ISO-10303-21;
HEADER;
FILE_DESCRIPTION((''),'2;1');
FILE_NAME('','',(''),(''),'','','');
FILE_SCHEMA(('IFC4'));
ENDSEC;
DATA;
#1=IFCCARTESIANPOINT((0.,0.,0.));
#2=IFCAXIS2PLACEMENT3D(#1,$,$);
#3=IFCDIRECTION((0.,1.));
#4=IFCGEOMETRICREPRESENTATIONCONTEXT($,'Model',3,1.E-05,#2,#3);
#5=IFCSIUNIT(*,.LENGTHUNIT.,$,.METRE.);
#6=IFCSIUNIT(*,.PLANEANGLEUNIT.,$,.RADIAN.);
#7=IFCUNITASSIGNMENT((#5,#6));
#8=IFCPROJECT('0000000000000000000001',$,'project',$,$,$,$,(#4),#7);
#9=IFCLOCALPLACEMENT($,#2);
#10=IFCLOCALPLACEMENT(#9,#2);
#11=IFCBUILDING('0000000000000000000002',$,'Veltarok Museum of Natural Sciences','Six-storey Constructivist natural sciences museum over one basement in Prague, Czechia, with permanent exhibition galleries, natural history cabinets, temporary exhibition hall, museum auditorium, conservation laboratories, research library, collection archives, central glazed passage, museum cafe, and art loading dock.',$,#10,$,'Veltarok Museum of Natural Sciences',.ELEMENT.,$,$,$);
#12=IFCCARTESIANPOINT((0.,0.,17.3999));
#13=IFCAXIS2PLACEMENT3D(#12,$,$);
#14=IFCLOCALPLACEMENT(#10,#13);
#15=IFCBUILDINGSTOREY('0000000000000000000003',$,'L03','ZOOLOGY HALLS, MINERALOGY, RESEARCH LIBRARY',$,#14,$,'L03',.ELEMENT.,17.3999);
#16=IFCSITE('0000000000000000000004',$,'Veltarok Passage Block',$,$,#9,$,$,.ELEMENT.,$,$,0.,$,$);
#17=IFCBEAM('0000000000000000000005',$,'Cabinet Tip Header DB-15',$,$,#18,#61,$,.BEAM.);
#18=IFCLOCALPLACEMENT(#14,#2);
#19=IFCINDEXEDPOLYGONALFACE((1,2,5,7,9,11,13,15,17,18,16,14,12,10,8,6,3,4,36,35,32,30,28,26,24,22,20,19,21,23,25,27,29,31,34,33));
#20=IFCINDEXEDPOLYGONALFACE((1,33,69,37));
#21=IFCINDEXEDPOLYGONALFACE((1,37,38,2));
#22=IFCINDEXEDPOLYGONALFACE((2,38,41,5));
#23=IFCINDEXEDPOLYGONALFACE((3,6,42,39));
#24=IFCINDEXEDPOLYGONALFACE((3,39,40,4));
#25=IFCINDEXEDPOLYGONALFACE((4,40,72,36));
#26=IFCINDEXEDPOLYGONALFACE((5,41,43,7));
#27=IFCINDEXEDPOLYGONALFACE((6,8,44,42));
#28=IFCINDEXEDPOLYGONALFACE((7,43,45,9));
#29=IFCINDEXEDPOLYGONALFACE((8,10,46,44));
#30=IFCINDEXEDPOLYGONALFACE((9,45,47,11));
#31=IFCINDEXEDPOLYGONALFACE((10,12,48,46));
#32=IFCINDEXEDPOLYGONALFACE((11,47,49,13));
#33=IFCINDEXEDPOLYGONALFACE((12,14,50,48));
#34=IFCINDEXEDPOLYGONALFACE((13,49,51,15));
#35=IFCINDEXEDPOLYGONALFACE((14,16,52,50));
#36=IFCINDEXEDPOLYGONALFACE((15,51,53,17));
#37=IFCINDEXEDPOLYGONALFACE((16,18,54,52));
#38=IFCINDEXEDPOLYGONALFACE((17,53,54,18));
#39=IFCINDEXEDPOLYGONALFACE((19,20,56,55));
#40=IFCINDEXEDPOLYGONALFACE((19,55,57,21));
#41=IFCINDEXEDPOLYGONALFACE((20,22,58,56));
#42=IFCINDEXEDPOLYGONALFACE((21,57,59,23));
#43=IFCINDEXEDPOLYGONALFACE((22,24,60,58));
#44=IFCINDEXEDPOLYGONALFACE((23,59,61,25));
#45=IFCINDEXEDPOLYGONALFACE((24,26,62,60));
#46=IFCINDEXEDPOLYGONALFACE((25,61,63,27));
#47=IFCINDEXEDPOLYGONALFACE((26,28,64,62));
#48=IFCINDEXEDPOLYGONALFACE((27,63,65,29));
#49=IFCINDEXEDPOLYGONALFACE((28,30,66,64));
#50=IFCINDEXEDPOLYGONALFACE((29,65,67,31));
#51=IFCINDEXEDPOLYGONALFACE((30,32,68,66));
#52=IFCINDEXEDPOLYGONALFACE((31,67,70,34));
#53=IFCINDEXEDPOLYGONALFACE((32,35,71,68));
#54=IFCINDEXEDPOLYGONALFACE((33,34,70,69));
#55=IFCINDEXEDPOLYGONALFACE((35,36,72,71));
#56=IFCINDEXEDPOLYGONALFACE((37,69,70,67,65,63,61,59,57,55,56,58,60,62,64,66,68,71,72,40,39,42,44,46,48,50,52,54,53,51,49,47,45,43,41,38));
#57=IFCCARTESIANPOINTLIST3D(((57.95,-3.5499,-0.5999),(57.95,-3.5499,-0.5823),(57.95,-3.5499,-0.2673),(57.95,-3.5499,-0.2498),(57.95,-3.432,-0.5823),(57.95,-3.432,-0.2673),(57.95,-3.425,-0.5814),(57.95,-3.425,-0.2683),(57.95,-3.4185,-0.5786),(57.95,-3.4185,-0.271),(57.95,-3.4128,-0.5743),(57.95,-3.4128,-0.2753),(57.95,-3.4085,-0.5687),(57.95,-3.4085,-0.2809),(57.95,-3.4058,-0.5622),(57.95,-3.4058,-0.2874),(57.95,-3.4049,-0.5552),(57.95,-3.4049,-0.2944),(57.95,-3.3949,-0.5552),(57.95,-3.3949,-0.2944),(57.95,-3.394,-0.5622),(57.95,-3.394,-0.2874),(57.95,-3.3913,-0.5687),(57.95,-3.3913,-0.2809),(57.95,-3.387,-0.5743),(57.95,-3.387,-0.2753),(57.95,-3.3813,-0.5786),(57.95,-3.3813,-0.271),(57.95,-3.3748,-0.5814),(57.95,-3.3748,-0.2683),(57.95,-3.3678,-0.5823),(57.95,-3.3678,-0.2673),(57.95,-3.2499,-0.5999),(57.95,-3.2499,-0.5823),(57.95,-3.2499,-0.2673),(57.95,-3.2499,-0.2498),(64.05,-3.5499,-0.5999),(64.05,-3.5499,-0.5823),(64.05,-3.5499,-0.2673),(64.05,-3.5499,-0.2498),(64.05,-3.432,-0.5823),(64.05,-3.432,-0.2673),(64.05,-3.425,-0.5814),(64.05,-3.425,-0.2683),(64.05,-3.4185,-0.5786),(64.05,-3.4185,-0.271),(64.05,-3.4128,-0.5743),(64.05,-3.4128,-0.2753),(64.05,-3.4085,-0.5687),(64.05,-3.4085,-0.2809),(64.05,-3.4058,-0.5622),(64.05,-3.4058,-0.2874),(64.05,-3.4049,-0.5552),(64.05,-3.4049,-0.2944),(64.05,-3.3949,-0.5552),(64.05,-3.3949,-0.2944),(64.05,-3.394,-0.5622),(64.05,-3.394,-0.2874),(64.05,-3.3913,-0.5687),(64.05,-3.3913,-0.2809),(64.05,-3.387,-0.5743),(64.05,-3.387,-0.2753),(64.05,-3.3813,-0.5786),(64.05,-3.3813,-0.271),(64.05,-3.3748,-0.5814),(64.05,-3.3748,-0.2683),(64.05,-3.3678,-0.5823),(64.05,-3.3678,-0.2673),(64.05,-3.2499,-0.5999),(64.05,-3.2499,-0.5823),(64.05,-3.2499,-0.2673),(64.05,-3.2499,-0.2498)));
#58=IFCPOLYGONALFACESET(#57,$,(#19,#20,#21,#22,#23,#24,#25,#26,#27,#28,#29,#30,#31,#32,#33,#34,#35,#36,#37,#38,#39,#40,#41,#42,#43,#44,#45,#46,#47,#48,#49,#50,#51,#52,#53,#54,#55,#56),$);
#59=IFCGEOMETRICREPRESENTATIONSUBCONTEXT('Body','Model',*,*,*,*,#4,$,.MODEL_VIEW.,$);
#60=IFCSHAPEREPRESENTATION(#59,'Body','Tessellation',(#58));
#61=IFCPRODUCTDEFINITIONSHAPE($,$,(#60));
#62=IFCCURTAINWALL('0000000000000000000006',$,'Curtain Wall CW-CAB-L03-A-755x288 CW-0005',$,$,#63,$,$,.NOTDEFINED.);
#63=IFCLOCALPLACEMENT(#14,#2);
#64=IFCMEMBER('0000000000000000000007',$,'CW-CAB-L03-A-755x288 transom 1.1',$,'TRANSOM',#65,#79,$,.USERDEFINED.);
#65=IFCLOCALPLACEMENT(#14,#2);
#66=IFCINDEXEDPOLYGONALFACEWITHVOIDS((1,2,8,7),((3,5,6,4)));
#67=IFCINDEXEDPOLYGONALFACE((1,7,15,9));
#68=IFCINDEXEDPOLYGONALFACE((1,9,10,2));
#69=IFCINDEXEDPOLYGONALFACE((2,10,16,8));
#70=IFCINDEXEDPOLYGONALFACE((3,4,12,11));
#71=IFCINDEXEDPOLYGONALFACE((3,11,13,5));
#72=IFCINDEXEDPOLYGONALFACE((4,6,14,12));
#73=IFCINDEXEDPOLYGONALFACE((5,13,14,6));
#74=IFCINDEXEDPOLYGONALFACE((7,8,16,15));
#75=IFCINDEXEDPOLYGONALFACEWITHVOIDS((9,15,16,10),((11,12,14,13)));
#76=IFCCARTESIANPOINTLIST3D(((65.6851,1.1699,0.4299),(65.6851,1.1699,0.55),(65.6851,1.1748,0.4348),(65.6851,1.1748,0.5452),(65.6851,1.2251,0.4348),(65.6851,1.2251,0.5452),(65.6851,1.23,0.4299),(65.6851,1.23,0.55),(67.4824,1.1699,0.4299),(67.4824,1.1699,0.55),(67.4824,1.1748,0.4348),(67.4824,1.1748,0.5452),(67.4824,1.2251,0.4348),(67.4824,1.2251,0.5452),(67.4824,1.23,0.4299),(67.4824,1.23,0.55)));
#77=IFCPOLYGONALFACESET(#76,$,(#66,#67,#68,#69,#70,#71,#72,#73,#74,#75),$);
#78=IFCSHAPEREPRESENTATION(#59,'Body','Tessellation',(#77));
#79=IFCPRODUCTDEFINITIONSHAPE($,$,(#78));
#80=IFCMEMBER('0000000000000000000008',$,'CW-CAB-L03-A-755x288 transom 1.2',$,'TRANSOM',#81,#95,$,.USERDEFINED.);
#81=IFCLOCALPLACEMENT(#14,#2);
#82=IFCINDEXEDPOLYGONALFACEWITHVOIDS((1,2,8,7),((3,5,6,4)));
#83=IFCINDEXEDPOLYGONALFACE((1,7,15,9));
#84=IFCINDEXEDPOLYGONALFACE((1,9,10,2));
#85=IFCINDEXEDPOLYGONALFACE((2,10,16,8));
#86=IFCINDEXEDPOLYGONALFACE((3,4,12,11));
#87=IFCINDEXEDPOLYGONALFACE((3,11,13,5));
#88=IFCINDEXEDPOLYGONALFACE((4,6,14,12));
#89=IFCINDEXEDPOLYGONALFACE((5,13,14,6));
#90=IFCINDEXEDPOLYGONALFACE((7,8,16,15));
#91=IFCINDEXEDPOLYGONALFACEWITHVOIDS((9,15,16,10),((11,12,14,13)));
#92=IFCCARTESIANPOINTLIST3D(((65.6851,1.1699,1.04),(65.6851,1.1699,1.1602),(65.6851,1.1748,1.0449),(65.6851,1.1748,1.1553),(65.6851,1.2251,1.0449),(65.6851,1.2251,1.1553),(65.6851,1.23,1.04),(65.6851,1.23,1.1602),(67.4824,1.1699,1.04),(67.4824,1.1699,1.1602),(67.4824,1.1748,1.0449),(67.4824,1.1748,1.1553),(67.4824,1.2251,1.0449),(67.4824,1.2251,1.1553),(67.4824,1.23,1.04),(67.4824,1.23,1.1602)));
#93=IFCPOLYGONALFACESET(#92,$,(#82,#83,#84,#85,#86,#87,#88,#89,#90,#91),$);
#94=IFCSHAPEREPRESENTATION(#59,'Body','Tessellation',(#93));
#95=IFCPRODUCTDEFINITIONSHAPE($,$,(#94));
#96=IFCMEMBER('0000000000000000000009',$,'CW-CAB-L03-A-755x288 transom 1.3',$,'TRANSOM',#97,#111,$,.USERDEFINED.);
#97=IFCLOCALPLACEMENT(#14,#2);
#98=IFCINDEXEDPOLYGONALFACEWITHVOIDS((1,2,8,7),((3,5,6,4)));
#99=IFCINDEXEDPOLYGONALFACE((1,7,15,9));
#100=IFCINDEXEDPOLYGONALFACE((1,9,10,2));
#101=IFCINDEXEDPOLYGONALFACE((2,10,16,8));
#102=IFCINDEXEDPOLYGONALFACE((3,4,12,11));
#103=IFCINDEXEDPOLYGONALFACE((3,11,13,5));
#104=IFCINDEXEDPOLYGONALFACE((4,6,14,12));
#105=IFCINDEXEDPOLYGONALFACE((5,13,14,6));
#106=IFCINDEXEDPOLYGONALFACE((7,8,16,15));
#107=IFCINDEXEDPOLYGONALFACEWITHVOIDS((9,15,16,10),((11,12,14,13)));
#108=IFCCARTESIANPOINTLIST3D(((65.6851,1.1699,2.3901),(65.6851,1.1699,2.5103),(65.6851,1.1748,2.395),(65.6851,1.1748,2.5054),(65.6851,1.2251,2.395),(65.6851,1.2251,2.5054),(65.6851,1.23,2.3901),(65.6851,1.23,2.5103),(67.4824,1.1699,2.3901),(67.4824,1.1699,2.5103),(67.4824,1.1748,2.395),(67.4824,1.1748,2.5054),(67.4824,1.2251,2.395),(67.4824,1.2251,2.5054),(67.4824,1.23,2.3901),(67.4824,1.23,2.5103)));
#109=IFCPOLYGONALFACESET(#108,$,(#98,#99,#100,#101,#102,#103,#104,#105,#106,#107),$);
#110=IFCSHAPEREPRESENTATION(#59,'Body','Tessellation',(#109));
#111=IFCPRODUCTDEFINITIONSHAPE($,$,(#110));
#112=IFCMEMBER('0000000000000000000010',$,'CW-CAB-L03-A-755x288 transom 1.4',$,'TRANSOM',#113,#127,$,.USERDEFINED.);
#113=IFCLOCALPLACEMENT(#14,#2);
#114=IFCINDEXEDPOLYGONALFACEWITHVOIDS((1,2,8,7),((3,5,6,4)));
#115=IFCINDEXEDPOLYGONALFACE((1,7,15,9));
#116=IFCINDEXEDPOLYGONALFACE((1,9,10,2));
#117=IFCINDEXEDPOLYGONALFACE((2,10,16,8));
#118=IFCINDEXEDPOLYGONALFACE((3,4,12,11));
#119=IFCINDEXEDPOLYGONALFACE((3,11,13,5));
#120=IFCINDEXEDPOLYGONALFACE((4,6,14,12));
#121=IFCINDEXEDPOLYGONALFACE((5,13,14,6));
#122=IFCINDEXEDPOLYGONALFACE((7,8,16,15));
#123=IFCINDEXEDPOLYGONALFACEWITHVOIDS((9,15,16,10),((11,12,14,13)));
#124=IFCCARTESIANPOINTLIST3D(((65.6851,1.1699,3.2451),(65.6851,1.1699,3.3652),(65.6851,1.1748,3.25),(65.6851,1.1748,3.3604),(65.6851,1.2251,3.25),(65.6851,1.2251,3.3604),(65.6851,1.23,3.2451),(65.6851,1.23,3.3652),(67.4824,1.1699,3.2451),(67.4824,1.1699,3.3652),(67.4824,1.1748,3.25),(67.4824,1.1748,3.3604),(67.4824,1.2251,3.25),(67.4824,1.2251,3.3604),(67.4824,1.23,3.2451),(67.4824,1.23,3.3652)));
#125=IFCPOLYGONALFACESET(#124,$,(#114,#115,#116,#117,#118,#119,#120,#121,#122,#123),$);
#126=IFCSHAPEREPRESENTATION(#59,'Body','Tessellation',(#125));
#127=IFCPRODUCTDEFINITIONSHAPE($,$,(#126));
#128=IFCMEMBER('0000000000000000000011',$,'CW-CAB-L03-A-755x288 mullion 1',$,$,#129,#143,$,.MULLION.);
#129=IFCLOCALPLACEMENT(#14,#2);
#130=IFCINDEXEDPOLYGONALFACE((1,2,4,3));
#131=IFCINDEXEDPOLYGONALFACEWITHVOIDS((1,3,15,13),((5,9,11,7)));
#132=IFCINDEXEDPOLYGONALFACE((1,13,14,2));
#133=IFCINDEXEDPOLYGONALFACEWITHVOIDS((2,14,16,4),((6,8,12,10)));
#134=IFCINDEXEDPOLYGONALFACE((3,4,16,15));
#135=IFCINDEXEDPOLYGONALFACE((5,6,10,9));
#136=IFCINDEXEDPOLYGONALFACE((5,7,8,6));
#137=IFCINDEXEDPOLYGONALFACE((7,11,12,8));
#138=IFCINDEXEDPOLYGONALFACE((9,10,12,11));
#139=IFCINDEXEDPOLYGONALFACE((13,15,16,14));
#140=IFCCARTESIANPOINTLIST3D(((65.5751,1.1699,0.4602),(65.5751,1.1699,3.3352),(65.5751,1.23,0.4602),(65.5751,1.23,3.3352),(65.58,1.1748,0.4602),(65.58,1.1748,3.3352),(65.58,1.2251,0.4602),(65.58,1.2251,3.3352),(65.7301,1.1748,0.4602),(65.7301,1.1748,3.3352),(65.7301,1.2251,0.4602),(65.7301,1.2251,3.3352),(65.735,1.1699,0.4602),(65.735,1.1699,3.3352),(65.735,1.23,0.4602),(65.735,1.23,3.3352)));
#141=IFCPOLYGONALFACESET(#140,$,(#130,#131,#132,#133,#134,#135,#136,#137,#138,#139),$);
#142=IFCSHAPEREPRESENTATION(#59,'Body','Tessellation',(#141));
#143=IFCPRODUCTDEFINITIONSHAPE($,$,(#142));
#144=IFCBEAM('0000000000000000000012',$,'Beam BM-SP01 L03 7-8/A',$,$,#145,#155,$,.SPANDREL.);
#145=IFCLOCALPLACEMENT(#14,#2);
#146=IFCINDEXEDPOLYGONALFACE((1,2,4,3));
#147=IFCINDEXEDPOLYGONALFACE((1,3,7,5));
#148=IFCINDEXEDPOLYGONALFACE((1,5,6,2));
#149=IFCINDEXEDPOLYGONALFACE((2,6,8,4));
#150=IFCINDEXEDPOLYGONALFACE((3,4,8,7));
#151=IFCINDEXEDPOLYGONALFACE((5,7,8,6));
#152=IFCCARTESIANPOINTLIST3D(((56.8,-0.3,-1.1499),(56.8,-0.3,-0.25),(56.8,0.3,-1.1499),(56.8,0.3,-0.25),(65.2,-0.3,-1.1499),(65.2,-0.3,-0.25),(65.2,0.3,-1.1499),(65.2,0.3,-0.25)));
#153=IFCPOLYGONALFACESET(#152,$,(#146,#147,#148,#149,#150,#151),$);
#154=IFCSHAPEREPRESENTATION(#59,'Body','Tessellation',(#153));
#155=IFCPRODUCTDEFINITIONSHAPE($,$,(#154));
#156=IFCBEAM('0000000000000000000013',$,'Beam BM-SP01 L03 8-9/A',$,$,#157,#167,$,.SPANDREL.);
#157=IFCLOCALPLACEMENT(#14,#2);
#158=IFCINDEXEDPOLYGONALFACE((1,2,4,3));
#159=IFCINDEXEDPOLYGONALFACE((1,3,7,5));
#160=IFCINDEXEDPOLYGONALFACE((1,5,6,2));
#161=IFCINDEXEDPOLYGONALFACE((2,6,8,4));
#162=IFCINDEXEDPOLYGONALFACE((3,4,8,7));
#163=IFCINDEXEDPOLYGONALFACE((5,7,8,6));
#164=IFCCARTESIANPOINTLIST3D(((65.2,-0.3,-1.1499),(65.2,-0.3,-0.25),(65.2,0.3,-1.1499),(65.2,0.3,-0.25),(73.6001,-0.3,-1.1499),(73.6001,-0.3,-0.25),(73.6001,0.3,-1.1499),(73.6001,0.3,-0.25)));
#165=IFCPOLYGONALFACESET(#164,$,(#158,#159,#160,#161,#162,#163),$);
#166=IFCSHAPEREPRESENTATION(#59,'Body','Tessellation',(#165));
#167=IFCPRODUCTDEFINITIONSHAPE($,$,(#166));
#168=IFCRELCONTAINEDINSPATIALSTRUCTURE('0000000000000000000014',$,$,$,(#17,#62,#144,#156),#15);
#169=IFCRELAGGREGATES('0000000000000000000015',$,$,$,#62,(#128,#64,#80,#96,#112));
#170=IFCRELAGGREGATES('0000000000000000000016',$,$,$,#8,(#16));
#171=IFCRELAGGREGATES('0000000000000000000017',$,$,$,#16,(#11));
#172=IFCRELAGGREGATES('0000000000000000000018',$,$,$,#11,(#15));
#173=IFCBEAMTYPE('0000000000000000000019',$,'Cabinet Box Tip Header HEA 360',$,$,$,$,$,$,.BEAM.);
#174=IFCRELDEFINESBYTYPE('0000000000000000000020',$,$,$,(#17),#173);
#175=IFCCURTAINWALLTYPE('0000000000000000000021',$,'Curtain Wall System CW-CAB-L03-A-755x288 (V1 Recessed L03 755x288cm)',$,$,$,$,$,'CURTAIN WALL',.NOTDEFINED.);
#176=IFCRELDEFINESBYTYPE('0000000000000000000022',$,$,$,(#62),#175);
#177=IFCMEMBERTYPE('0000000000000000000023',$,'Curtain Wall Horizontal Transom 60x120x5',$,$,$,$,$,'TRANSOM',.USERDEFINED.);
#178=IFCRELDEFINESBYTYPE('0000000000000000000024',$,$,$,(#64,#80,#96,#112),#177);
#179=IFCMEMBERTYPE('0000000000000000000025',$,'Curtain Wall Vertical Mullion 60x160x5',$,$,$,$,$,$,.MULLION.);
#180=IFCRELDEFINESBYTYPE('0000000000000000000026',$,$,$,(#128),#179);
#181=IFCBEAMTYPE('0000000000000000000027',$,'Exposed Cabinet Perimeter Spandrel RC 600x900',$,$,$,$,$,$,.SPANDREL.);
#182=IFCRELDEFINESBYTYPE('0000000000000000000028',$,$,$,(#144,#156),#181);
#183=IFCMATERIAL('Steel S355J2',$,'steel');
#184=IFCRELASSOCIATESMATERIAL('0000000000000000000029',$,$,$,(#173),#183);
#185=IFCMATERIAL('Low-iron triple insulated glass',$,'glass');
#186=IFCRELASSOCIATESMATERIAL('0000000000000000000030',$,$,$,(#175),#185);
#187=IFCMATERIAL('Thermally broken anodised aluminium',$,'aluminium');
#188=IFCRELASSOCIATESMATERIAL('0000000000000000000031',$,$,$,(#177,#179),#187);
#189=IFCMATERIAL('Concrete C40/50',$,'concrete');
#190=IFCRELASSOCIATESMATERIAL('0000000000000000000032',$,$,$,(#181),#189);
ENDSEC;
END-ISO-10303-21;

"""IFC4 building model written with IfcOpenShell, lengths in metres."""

from ifc_helpers import new_model, si_unit, direction, frame, origin, origin_2d, place, context, subcontext, project, spatial, rectangle, hollow_rectangle, i_section, extrude, material, material_profile, profile_set, type_object, element, aggregate, save


model = new_model("IFC4")

# Units and contexts
model_context = context("Model", 3, precision=1e-05, world=origin(), true_north=direction((0.0, 1.0)))
body_context = subcontext(model_context, "Body", "Model", "MODEL_VIEW")
ifc_project = project(units=[si_unit("LENGTHUNIT", "METRE"), si_unit("PLANEANGLEUNIT", "RADIAN")], contexts=[model_context])

# Site, building, storey
site_placement = place(None, origin())
site = spatial("IfcSite", under=ifc_project, at=site_placement, Name="Veltarok Passage Block", CompositionType="ELEMENT", RefElevation=0.0)
building_placement = place(site_placement, origin())
building = spatial("IfcBuilding", under=site, at=building_placement, Name="Veltarok Museum of Natural Sciences", Description="Six-storey Constructivist natural sciences museum over one basement in Prague, Czechia, with permanent exhibition galleries, natural history cabinets, temporary exhibition hall, museum auditorium, conservation laboratories, research library, collection archives, central glazed passage, museum cafe, and art loading dock.", LongName="Veltarok Museum of Natural Sciences", CompositionType="ELEMENT")
storey_placement = place(building_placement, frame((0.0, 0.0, 17.3999)))
storey = spatial("IfcBuildingStorey", under=building, at=storey_placement, Name="L03", Description="ZOOLOGY HALLS, MINERALOGY, RESEARCH LIBRARY", LongName="L03", CompositionType="ELEMENT", Elevation=17.3999)

# Shared definitions
ifc_material_1 = material(Name="Concrete C40/50", Category="concrete")

# Beam
ifc_material_2 = material(Name="Steel S355J2", Category="steel")
ifc_material_profile_1 = material_profile(ifc_material_2, i_section(OverallWidth=0.3, OverallDepth=0.3501, WebThickness=0.01, FlangeThickness=0.0176, FilletRadius=0.0271, at=origin_2d()), Name="HEA 360")
ifc_profile_set_1 = profile_set([ifc_material_profile_1], Name="Steel S355J2")
beam_type_1 = type_object("IfcBeamType", Name="Cabinet Box Tip Header HEA 360", PredefinedType="BEAM", material=ifc_profile_set_1)
beam_1_placement = place(storey_placement, frame((57.95, -3.3999, -0.4248), z_axis=(1.0, 0.0, 0.0), x_axis=(0.0, 1.0, 0.0)))
element("IfcBeam", 1, at=beam_1_placement, inside=storey, type_object=beam_type_1, Name="Cabinet Tip Header DB-15", PredefinedType="BEAM", context=body_context, shape_type="SweptSolid", body=[
    extrude(i_section(OverallWidth=0.3, OverallDepth=0.3501, WebThickness=0.01, FlangeThickness=0.0176, FilletRadius=0.0271, at=origin_2d()), origin(), (0.0, 0.0, 1.0), 6.1001),
])

# Curtain wall, members
ifc_material_3 = material(Name="Low-iron triple insulated glass", Category="glass")
curtain_wall_type = type_object("IfcCurtainWallType", Name="Curtain Wall System CW-CAB-L03-A-755x288 (V1 Recessed L03 755x288cm)", ElementType="CURTAIN WALL", PredefinedType="NOTDEFINED", material=ifc_material_3)
curtain_wall_placement = place(storey_placement, origin())
curtain_wall = element("IfcCurtainWall", 2, at=curtain_wall_placement, inside=storey, type_object=curtain_wall_type, Name="Curtain Wall CW-CAB-L03-A-755x288 CW-0005", PredefinedType="NOTDEFINED")
ifc_material_4 = material(Name="Thermally broken anodised aluminium", Category="aluminium")
ifc_material_profile_2 = material_profile(ifc_material_4, hollow_rectangle(XDim=0.0601, YDim=0.1201, WallThickness=0.0049, at=origin_2d()), Name="CW TRANSOM 60x120x5")
ifc_profile_set_2 = profile_set([ifc_material_profile_2], Name="Thermally broken anodised aluminium")
member_type_1 = type_object("IfcMemberType", Name="Curtain Wall Horizontal Transom 60x120x5", ElementType="TRANSOM", PredefinedType="USERDEFINED", material=ifc_profile_set_2)
member_1_placement = place(storey_placement, frame((65.6851, 1.2, 0.49), z_axis=(1.0, 0.0, 0.0), x_axis=(0.0, 1.0, 0.0)))
member_1 = element("IfcMember", 3, at=member_1_placement, type_object=member_type_1, Name="CW-CAB-L03-A-755x288 transom 1.1", ObjectType="TRANSOM", PredefinedType="USERDEFINED", context=body_context, shape_type="SweptSolid", body=[
    extrude(hollow_rectangle(XDim=0.0601, YDim=0.1201, WallThickness=0.0049, at=origin_2d()), origin(), (0.0, 0.0, 1.0), 1.7974),
])
member_2_placement = place(storey_placement, frame((65.6851, 1.2, 1.1001), z_axis=(1.0, 0.0, 0.0), x_axis=(0.0, 1.0, 0.0)))
member_2 = element("IfcMember", 4, at=member_2_placement, type_object=member_type_1, Name="CW-CAB-L03-A-755x288 transom 1.2", ObjectType="TRANSOM", PredefinedType="USERDEFINED", context=body_context, shape_type="SweptSolid", body=[
    extrude(hollow_rectangle(XDim=0.0601, YDim=0.1201, WallThickness=0.0049, at=origin_2d()), origin(), (0.0, 0.0, 1.0), 1.7974),
])
member_3_placement = place(storey_placement, frame((65.6851, 1.2, 2.4502), z_axis=(1.0, 0.0, 0.0), x_axis=(0.0, 1.0, 0.0)))
member_3 = element("IfcMember", 5, at=member_3_placement, type_object=member_type_1, Name="CW-CAB-L03-A-755x288 transom 1.3", ObjectType="TRANSOM", PredefinedType="USERDEFINED", context=body_context, shape_type="SweptSolid", body=[
    extrude(hollow_rectangle(XDim=0.0601, YDim=0.1201, WallThickness=0.0049, at=origin_2d()), origin(), (0.0, 0.0, 1.0), 1.7974),
])
member_4_placement = place(storey_placement, frame((65.6851, 1.2, 3.3052), z_axis=(1.0, 0.0, 0.0), x_axis=(0.0, 1.0, 0.0)))
member_4 = element("IfcMember", 6, at=member_4_placement, type_object=member_type_1, Name="CW-CAB-L03-A-755x288 transom 1.4", ObjectType="TRANSOM", PredefinedType="USERDEFINED", context=body_context, shape_type="SweptSolid", body=[
    extrude(hollow_rectangle(XDim=0.0601, YDim=0.1201, WallThickness=0.0049, at=origin_2d()), origin(), (0.0, 0.0, 1.0), 1.7974),
])
ifc_material_profile_3 = material_profile(ifc_material_4, hollow_rectangle(XDim=0.0601, YDim=0.1599, WallThickness=0.0049, at=origin_2d()), Name="CW MULLION 60x160x5")
ifc_profile_set_3 = profile_set([ifc_material_profile_3], Name="Thermally broken anodised aluminium")
member_type_2 = type_object("IfcMemberType", Name="Curtain Wall Vertical Mullion 60x160x5", PredefinedType="MULLION", material=ifc_profile_set_3)
member_5_placement = place(storey_placement, frame((65.655, 1.2, 0.4602), z_axis=(0.0, 0.0, 1.0), x_axis=(0.0, 1.0, 0.0)))
member_5 = element("IfcMember", 7, at=member_5_placement, type_object=member_type_2, Name="CW-CAB-L03-A-755x288 mullion 1", PredefinedType="MULLION", context=body_context, shape_type="SweptSolid", body=[
    extrude(hollow_rectangle(XDim=0.0601, YDim=0.1599, WallThickness=0.0049, at=origin_2d()), origin(), (0.0, 0.0, 1.0), 2.875),
])

# Beams
ifc_material_profile_4 = material_profile(ifc_material_1, rectangle(XDim=0.6001, YDim=0.8999, at=origin_2d()), Name="RC 600x900")
ifc_profile_set_4 = profile_set([ifc_material_profile_4], Name="Concrete C40/50")
beam_type_2 = type_object("IfcBeamType", Name="Exposed Cabinet Perimeter Spandrel RC 600x900", PredefinedType="SPANDREL", material=ifc_profile_set_4)
beam_2_placement = place(storey_placement, frame((56.8, 0.0, -0.7), z_axis=(1.0, 0.0, 0.0), x_axis=(0.0, 1.0, 0.0)))
element("IfcBeam", 8, at=beam_2_placement, inside=storey, type_object=beam_type_2, Name="Beam BM-SP01 L03 7-8/A", PredefinedType="SPANDREL", context=body_context, shape_type="SweptSolid", body=[
    extrude(rectangle(XDim=0.6001, YDim=0.8999, at=origin_2d()), origin(), (0.0, 0.0, 1.0), 8.3999),
])
beam_3_placement = place(storey_placement, frame((65.2, 0.0, -0.7), z_axis=(1.0, 0.0, 0.0), x_axis=(0.0, 1.0, 0.0)))
element("IfcBeam", 9, at=beam_3_placement, inside=storey, type_object=beam_type_2, Name="Beam BM-SP01 L03 8-9/A", PredefinedType="SPANDREL", context=body_context, shape_type="SweptSolid", body=[
    extrude(rectangle(XDim=0.6001, YDim=0.8999, at=origin_2d()), origin(), (0.0, 0.0, 1.0), 8.4001),
])

aggregate(curtain_wall, [member_5, member_1, member_2, member_3, member_4])

save(model, "model.ifc")
